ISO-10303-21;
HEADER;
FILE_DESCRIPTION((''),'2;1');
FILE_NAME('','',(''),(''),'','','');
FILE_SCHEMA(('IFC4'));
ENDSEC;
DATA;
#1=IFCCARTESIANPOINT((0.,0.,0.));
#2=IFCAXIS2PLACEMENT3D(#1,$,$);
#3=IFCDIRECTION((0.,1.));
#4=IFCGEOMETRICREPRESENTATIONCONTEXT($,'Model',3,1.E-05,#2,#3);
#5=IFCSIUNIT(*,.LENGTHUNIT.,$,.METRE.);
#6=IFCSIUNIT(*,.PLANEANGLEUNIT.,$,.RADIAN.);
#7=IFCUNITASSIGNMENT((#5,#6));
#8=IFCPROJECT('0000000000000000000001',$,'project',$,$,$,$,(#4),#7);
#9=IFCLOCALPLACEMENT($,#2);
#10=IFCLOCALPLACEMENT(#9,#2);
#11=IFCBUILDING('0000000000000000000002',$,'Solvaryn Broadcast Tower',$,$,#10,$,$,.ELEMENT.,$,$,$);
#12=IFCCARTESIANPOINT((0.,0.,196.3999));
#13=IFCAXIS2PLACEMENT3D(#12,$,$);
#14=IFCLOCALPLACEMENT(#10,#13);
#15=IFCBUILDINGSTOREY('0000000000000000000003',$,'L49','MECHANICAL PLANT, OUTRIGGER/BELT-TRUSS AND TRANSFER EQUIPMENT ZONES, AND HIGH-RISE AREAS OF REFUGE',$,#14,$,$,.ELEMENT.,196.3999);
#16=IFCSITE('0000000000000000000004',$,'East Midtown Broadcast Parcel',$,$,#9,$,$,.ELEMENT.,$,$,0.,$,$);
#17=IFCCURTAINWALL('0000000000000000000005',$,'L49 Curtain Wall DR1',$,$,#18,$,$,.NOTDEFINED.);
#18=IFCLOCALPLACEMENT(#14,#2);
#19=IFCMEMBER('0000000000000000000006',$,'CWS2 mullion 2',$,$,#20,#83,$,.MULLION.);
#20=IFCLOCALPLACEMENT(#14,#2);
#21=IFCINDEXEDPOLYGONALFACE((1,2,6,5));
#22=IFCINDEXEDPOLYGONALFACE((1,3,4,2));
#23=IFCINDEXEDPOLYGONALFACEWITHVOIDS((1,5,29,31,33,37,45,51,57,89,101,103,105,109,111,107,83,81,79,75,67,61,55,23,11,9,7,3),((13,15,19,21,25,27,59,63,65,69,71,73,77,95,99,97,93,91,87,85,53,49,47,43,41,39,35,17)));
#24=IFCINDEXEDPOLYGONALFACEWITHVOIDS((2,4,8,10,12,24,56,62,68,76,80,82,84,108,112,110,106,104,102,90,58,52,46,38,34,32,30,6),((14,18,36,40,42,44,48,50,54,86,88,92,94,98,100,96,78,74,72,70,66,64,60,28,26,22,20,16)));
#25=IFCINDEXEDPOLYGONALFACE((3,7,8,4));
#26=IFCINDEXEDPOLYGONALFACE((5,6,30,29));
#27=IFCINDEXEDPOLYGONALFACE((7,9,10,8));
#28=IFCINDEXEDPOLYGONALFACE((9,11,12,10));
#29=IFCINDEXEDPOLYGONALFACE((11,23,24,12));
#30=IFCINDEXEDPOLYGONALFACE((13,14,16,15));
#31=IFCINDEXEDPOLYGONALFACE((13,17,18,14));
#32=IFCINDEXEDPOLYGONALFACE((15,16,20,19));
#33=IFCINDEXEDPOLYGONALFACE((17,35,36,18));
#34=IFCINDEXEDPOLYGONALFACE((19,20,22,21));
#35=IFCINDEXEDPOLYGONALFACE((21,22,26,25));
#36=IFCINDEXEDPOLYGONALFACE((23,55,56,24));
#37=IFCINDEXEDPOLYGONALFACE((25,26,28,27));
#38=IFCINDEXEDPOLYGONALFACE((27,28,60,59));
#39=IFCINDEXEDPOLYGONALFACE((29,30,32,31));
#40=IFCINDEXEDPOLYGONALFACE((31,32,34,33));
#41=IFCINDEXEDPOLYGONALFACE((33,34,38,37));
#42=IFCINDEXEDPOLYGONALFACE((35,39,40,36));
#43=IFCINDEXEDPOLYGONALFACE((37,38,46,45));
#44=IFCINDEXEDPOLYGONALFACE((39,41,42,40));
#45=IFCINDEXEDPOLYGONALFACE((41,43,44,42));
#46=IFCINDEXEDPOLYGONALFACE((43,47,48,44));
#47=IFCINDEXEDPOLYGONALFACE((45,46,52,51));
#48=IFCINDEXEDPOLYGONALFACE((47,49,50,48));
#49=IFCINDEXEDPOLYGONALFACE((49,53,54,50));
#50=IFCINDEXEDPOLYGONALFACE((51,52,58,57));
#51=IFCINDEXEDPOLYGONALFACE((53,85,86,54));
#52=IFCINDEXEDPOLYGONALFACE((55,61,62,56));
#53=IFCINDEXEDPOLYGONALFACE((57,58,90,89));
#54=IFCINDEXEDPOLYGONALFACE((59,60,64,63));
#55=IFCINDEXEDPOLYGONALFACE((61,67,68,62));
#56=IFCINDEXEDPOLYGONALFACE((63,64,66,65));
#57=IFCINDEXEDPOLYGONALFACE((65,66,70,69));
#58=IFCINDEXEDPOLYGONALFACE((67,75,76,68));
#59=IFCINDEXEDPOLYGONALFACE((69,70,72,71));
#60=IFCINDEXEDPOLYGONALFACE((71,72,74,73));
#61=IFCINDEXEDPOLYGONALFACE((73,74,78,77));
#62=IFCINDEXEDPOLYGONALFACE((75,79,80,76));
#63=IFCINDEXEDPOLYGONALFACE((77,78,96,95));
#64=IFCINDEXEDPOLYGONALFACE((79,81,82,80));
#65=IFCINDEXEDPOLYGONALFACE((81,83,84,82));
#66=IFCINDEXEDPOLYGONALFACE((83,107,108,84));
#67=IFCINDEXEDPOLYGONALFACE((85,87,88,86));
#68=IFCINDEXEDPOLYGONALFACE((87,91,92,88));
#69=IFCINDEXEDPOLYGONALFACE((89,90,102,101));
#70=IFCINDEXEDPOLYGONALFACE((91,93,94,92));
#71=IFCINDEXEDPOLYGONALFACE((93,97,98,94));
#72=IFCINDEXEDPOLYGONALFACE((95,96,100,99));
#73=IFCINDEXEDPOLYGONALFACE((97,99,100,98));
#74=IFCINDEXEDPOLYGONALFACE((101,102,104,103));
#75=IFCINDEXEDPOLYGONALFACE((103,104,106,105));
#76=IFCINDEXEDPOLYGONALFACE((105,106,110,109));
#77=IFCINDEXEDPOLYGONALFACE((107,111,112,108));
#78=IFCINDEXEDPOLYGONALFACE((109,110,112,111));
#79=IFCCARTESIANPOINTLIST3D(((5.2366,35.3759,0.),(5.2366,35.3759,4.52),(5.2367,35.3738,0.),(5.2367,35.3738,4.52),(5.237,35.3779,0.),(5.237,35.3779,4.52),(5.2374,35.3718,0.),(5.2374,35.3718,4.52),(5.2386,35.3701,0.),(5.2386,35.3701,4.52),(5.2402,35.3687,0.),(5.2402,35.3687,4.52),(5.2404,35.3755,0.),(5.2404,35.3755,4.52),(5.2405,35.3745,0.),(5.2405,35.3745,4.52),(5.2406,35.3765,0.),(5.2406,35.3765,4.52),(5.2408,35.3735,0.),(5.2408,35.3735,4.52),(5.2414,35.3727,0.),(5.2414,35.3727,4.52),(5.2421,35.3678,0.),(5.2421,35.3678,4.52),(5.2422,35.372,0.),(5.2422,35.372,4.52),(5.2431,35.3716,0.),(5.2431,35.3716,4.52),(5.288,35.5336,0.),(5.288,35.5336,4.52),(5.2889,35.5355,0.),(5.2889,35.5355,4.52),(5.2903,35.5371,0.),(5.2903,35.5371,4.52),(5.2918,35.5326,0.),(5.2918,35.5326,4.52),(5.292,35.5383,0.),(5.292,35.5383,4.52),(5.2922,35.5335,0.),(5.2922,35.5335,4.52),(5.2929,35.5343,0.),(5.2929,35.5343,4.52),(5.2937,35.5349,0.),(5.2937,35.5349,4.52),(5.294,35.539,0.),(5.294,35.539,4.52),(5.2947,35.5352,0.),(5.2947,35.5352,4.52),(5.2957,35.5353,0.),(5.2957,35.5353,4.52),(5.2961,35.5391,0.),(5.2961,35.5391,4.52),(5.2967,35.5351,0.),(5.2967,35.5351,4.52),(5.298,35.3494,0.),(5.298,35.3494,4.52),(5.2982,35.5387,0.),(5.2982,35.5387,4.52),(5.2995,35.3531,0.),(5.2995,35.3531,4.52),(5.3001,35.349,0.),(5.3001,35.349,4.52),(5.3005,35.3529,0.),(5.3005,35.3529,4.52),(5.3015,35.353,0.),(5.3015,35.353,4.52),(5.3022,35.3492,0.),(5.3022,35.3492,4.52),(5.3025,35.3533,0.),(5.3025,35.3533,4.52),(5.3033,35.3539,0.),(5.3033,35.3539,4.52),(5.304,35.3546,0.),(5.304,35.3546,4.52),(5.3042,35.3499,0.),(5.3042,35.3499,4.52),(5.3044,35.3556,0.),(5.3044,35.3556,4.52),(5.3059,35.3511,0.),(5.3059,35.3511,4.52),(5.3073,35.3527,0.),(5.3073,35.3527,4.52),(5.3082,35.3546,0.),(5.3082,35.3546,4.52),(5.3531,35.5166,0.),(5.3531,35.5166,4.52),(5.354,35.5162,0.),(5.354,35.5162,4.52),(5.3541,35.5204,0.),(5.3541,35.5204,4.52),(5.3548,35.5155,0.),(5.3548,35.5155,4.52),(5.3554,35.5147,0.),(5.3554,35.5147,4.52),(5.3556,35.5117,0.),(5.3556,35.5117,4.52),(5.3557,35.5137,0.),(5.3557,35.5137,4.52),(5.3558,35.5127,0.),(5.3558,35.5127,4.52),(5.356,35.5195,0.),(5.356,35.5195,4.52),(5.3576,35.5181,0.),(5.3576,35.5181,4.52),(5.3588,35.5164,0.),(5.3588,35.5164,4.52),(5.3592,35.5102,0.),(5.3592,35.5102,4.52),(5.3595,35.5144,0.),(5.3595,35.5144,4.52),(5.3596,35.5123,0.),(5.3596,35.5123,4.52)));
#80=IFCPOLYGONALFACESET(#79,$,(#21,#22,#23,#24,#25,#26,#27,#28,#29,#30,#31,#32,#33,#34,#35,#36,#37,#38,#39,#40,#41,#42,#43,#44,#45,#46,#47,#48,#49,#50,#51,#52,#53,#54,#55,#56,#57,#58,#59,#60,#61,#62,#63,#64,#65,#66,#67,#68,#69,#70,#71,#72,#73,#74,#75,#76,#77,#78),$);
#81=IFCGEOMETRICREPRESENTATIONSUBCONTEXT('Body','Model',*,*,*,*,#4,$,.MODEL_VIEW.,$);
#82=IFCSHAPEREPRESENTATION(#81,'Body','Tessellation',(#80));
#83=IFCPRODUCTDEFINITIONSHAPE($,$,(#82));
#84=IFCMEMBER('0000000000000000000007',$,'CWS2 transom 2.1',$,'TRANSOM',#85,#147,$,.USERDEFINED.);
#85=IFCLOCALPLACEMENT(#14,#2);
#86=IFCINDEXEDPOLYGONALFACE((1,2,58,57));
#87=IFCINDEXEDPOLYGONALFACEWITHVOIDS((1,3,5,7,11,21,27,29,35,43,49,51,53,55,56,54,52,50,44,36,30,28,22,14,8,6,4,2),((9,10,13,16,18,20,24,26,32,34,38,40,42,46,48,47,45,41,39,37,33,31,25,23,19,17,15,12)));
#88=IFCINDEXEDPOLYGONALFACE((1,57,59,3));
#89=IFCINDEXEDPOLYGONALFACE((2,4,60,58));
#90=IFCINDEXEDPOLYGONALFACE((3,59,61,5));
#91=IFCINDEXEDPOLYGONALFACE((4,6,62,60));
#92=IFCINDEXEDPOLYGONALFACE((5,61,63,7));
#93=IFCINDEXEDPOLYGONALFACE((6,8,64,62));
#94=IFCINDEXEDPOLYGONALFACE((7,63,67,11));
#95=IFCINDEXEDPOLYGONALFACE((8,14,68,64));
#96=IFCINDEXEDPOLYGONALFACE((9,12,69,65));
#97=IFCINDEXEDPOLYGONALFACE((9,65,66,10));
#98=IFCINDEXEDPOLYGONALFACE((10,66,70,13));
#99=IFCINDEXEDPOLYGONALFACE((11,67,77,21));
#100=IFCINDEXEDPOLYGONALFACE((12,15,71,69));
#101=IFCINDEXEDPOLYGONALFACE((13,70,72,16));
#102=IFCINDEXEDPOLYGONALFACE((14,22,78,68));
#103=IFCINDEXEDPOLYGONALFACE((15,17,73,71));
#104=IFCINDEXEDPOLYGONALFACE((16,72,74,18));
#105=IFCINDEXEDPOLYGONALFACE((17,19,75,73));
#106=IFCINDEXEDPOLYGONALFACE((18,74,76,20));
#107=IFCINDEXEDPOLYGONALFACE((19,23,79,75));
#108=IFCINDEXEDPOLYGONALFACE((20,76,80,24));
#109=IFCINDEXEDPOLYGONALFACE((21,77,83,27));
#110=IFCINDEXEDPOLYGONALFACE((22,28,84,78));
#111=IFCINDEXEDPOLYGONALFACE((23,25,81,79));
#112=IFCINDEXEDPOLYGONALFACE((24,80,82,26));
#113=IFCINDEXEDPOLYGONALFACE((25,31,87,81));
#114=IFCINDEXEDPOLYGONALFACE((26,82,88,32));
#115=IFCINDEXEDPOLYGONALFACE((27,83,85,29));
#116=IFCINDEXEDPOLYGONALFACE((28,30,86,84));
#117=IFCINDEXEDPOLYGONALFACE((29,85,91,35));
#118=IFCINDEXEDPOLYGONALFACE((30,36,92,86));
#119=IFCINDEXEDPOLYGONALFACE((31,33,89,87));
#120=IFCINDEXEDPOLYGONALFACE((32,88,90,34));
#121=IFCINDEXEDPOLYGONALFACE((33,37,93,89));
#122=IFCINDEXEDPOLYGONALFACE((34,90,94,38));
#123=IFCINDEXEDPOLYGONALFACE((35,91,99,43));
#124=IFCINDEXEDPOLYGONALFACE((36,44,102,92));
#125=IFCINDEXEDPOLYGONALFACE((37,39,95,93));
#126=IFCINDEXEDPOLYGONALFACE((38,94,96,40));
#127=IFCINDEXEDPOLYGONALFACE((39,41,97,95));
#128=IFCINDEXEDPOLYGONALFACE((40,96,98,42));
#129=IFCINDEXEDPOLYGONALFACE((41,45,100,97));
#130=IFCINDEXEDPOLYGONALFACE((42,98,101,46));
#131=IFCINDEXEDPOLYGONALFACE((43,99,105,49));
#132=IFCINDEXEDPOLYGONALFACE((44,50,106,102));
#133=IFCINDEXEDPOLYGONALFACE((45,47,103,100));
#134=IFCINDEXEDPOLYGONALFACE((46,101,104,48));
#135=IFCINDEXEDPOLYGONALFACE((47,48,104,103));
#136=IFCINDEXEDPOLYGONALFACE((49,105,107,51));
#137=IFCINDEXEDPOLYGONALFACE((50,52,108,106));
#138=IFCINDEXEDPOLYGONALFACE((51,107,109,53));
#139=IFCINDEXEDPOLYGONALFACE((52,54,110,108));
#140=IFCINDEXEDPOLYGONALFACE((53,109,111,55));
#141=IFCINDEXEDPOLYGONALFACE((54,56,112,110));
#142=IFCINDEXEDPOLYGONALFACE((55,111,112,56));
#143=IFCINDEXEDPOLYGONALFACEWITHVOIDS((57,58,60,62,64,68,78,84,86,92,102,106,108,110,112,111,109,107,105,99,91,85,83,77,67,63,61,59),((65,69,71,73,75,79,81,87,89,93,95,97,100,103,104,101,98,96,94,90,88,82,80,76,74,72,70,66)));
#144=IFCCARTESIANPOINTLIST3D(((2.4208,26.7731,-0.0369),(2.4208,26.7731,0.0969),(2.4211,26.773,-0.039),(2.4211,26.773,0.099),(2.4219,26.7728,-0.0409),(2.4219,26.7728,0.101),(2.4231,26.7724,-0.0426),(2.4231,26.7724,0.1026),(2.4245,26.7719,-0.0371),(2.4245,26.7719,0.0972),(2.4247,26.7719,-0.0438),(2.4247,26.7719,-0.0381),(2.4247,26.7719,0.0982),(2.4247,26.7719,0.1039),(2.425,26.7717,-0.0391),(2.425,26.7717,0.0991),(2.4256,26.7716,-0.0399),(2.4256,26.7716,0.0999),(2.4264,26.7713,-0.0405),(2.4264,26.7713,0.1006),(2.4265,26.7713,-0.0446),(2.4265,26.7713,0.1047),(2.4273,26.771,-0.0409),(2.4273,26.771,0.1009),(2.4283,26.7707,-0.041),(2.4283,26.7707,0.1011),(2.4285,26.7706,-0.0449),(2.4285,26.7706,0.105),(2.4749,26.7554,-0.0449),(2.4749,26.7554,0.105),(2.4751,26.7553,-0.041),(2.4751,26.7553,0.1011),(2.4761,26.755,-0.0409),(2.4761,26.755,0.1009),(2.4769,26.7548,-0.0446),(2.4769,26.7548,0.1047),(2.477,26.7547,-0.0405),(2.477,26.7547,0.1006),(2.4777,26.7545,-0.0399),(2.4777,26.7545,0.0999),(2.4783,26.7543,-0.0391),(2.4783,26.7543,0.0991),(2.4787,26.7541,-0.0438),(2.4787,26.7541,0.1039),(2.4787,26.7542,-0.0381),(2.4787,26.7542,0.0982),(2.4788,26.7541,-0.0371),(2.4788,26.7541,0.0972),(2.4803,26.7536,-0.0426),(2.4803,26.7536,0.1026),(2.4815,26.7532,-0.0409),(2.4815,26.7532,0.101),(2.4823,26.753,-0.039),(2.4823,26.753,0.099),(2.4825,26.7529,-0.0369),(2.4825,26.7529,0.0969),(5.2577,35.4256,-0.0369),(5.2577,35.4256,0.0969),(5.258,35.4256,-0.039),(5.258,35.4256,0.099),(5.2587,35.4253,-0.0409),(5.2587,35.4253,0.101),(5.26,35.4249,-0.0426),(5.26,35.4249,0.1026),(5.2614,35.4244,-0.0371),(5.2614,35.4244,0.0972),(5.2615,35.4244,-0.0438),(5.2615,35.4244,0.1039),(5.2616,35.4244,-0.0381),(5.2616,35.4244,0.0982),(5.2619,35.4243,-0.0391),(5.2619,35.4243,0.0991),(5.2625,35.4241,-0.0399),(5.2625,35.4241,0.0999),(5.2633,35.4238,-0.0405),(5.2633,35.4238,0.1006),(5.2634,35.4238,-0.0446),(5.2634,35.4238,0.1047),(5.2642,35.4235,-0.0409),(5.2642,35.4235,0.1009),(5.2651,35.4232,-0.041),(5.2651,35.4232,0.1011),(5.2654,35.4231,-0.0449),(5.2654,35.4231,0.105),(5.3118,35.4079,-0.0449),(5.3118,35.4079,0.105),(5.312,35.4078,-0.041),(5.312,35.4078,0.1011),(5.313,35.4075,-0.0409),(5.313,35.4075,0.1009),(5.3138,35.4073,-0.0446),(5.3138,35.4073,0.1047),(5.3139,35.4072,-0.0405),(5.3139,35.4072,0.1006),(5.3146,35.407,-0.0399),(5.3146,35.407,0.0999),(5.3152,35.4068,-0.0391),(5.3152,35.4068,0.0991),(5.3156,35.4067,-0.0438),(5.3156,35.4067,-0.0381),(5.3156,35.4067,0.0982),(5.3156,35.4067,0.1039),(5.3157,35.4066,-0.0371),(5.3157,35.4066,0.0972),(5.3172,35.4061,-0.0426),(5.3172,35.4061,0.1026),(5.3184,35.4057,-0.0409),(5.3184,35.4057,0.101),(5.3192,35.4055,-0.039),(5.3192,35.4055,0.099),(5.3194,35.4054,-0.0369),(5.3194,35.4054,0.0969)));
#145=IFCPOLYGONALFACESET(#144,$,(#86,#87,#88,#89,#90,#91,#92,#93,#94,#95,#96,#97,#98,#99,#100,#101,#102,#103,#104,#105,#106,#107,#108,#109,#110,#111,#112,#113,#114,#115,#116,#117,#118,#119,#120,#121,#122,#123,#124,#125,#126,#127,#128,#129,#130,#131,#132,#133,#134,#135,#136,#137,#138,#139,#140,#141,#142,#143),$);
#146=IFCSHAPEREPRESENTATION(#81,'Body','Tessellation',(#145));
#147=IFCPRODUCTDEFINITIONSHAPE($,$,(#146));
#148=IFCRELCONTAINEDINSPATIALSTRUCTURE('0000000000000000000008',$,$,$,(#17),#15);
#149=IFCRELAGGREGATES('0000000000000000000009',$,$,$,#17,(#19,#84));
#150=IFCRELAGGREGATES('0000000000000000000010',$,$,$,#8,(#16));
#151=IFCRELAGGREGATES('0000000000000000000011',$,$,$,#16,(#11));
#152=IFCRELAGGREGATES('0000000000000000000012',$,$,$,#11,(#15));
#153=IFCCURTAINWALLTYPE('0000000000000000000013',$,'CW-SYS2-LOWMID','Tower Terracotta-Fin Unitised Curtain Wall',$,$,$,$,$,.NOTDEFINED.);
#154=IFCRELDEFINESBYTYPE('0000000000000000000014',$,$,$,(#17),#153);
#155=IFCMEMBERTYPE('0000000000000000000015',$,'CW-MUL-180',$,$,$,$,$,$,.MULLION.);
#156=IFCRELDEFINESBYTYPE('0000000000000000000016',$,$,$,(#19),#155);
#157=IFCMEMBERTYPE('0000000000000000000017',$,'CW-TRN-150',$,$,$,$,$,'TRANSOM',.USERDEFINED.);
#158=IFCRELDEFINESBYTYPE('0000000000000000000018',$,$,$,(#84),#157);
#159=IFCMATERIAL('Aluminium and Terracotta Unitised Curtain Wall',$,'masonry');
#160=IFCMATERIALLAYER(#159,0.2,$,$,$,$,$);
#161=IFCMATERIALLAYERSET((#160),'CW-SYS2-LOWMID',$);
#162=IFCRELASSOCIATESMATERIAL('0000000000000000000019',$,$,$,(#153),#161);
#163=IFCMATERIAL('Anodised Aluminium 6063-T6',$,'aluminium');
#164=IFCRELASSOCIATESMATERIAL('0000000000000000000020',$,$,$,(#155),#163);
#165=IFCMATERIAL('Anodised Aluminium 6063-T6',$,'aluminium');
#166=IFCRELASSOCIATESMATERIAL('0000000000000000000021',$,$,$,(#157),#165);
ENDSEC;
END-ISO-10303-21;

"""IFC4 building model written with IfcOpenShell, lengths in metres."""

from ifc_helpers import new_model, si_unit, direction, frame, origin, origin_2d, place, context, subcontext, project, spatial, hollow_rectangle, extrude, material, layer, layer_set, material_profile, profile_set, type_object, element, aggregate, save


model = new_model("IFC4")

# Units and contexts
model_context = context("Model", 3, precision=1e-05, world=origin(), true_north=direction((0.0, 1.0)))
body_context = subcontext(model_context, "Body", "Model", "MODEL_VIEW")
ifc_project = project(units=[si_unit("LENGTHUNIT", "METRE"), si_unit("PLANEANGLEUNIT", "RADIAN")], contexts=[model_context])

# Site, building, storey
site_placement = place(None, origin())
site = spatial("IfcSite", under=ifc_project, at=site_placement, Name="East Midtown Broadcast Parcel", CompositionType="ELEMENT", RefElevation=0.0)
building_placement = place(site_placement, origin())
building = spatial("IfcBuilding", under=site, at=building_placement, Name="Solvaryn Broadcast Tower", CompositionType="ELEMENT")
storey_placement = place(building_placement, frame((0.0, 0.0, 196.3999)))
storey = spatial("IfcBuildingStorey", under=building, at=storey_placement, Name="L49", Description="MECHANICAL PLANT, OUTRIGGER/BELT-TRUSS AND TRANSFER EQUIPMENT ZONES, AND HIGH-RISE AREAS OF REFUGE", CompositionType="ELEMENT", Elevation=196.3999)

# Curtain wall, members
ifc_material_1 = material(Name="Aluminium and Terracotta Unitised Curtain Wall", Category="masonry")
ifc_layer_1 = layer(ifc_material_1, 0.2)
ifc_layer_set_1 = layer_set([ifc_layer_1], Name="CW-SYS2-LOWMID")
curtain_wall_type = type_object("IfcCurtainWallType", Name="CW-SYS2-LOWMID", Description="Tower Terracotta-Fin Unitised Curtain Wall", PredefinedType="NOTDEFINED", material=ifc_layer_set_1)
curtain_wall_placement = place(storey_placement, origin())
curtain_wall = element("IfcCurtainWall", 1, at=curtain_wall_placement, inside=storey, type_object=curtain_wall_type, Name="L49 Curtain Wall DR1", PredefinedType="NOTDEFINED")
ifc_material_2 = material(Name="Anodised Aluminium 6063-T6", Category="aluminium")
ifc_material_profile_1 = material_profile(ifc_material_2, hollow_rectangle(XDim=0.075, YDim=0.1799, WallThickness=0.0039, InnerFilletRadius=0.0039, OuterFilletRadius=0.0081, at=origin_2d()))
ifc_profile_set_1 = profile_set([ifc_material_profile_1], Name="Anodised Aluminium 6063-T6")
member_type_1 = type_object("IfcMemberType", Name="CW-MUL-180", PredefinedType="MULLION", material=ifc_profile_set_1)
member_1_placement = place(storey_placement, frame((5.2981, 35.4441, 0.0), z_axis=(0.0, 0.0, 1.0), x_axis=(0.950227, -0.311559, 0.0)))
member_1 = element("IfcMember", 2, at=member_1_placement, type_object=member_type_1, Name="CWS2 mullion 2", PredefinedType="MULLION", context=body_context, shape_type="SweptSolid", body=[
    extrude(hollow_rectangle(XDim=0.075, YDim=0.1799, WallThickness=0.0039, InnerFilletRadius=0.0039, OuterFilletRadius=0.0081, at=origin_2d()), origin(), (0.0, 0.0, 1.0), 4.52),
])
ifc_material_3 = material(Name="Anodised Aluminium 6063-T6", Category="aluminium")
ifc_material_profile_2 = material_profile(ifc_material_3, hollow_rectangle(XDim=0.0649, YDim=0.1499, WallThickness=0.0039, InnerFilletRadius=0.0039, OuterFilletRadius=0.0081, at=origin_2d()))
ifc_profile_set_2 = profile_set([ifc_material_profile_2], Name="Anodised Aluminium 6063-T6")
member_type_2 = type_object("IfcMemberType", Name="CW-TRN-150", ElementType="TRANSOM", PredefinedType="USERDEFINED", material=ifc_profile_set_2)
member_2_placement = place(storey_placement, frame((5.2886, 35.4155, 0.03), z_axis=(-0.311551, -0.95023, 0.0), x_axis=(0.95023, -0.311551, 0.0)))
member_2 = element("IfcMember", 3, at=member_2_placement, type_object=member_type_2, Name="CWS2 transom 2.1", ObjectType="TRANSOM", PredefinedType="USERDEFINED", context=body_context, shape_type="SweptSolid", body=[
    extrude(hollow_rectangle(XDim=0.0649, YDim=0.1499, WallThickness=0.0039, InnerFilletRadius=0.0039, OuterFilletRadius=0.0081, at=origin_2d()), origin(), (0.0, 0.0, 1.0), 9.1057),
])
aggregate(curtain_wall, [member_1, member_2])

save(model, "model.ifc")
